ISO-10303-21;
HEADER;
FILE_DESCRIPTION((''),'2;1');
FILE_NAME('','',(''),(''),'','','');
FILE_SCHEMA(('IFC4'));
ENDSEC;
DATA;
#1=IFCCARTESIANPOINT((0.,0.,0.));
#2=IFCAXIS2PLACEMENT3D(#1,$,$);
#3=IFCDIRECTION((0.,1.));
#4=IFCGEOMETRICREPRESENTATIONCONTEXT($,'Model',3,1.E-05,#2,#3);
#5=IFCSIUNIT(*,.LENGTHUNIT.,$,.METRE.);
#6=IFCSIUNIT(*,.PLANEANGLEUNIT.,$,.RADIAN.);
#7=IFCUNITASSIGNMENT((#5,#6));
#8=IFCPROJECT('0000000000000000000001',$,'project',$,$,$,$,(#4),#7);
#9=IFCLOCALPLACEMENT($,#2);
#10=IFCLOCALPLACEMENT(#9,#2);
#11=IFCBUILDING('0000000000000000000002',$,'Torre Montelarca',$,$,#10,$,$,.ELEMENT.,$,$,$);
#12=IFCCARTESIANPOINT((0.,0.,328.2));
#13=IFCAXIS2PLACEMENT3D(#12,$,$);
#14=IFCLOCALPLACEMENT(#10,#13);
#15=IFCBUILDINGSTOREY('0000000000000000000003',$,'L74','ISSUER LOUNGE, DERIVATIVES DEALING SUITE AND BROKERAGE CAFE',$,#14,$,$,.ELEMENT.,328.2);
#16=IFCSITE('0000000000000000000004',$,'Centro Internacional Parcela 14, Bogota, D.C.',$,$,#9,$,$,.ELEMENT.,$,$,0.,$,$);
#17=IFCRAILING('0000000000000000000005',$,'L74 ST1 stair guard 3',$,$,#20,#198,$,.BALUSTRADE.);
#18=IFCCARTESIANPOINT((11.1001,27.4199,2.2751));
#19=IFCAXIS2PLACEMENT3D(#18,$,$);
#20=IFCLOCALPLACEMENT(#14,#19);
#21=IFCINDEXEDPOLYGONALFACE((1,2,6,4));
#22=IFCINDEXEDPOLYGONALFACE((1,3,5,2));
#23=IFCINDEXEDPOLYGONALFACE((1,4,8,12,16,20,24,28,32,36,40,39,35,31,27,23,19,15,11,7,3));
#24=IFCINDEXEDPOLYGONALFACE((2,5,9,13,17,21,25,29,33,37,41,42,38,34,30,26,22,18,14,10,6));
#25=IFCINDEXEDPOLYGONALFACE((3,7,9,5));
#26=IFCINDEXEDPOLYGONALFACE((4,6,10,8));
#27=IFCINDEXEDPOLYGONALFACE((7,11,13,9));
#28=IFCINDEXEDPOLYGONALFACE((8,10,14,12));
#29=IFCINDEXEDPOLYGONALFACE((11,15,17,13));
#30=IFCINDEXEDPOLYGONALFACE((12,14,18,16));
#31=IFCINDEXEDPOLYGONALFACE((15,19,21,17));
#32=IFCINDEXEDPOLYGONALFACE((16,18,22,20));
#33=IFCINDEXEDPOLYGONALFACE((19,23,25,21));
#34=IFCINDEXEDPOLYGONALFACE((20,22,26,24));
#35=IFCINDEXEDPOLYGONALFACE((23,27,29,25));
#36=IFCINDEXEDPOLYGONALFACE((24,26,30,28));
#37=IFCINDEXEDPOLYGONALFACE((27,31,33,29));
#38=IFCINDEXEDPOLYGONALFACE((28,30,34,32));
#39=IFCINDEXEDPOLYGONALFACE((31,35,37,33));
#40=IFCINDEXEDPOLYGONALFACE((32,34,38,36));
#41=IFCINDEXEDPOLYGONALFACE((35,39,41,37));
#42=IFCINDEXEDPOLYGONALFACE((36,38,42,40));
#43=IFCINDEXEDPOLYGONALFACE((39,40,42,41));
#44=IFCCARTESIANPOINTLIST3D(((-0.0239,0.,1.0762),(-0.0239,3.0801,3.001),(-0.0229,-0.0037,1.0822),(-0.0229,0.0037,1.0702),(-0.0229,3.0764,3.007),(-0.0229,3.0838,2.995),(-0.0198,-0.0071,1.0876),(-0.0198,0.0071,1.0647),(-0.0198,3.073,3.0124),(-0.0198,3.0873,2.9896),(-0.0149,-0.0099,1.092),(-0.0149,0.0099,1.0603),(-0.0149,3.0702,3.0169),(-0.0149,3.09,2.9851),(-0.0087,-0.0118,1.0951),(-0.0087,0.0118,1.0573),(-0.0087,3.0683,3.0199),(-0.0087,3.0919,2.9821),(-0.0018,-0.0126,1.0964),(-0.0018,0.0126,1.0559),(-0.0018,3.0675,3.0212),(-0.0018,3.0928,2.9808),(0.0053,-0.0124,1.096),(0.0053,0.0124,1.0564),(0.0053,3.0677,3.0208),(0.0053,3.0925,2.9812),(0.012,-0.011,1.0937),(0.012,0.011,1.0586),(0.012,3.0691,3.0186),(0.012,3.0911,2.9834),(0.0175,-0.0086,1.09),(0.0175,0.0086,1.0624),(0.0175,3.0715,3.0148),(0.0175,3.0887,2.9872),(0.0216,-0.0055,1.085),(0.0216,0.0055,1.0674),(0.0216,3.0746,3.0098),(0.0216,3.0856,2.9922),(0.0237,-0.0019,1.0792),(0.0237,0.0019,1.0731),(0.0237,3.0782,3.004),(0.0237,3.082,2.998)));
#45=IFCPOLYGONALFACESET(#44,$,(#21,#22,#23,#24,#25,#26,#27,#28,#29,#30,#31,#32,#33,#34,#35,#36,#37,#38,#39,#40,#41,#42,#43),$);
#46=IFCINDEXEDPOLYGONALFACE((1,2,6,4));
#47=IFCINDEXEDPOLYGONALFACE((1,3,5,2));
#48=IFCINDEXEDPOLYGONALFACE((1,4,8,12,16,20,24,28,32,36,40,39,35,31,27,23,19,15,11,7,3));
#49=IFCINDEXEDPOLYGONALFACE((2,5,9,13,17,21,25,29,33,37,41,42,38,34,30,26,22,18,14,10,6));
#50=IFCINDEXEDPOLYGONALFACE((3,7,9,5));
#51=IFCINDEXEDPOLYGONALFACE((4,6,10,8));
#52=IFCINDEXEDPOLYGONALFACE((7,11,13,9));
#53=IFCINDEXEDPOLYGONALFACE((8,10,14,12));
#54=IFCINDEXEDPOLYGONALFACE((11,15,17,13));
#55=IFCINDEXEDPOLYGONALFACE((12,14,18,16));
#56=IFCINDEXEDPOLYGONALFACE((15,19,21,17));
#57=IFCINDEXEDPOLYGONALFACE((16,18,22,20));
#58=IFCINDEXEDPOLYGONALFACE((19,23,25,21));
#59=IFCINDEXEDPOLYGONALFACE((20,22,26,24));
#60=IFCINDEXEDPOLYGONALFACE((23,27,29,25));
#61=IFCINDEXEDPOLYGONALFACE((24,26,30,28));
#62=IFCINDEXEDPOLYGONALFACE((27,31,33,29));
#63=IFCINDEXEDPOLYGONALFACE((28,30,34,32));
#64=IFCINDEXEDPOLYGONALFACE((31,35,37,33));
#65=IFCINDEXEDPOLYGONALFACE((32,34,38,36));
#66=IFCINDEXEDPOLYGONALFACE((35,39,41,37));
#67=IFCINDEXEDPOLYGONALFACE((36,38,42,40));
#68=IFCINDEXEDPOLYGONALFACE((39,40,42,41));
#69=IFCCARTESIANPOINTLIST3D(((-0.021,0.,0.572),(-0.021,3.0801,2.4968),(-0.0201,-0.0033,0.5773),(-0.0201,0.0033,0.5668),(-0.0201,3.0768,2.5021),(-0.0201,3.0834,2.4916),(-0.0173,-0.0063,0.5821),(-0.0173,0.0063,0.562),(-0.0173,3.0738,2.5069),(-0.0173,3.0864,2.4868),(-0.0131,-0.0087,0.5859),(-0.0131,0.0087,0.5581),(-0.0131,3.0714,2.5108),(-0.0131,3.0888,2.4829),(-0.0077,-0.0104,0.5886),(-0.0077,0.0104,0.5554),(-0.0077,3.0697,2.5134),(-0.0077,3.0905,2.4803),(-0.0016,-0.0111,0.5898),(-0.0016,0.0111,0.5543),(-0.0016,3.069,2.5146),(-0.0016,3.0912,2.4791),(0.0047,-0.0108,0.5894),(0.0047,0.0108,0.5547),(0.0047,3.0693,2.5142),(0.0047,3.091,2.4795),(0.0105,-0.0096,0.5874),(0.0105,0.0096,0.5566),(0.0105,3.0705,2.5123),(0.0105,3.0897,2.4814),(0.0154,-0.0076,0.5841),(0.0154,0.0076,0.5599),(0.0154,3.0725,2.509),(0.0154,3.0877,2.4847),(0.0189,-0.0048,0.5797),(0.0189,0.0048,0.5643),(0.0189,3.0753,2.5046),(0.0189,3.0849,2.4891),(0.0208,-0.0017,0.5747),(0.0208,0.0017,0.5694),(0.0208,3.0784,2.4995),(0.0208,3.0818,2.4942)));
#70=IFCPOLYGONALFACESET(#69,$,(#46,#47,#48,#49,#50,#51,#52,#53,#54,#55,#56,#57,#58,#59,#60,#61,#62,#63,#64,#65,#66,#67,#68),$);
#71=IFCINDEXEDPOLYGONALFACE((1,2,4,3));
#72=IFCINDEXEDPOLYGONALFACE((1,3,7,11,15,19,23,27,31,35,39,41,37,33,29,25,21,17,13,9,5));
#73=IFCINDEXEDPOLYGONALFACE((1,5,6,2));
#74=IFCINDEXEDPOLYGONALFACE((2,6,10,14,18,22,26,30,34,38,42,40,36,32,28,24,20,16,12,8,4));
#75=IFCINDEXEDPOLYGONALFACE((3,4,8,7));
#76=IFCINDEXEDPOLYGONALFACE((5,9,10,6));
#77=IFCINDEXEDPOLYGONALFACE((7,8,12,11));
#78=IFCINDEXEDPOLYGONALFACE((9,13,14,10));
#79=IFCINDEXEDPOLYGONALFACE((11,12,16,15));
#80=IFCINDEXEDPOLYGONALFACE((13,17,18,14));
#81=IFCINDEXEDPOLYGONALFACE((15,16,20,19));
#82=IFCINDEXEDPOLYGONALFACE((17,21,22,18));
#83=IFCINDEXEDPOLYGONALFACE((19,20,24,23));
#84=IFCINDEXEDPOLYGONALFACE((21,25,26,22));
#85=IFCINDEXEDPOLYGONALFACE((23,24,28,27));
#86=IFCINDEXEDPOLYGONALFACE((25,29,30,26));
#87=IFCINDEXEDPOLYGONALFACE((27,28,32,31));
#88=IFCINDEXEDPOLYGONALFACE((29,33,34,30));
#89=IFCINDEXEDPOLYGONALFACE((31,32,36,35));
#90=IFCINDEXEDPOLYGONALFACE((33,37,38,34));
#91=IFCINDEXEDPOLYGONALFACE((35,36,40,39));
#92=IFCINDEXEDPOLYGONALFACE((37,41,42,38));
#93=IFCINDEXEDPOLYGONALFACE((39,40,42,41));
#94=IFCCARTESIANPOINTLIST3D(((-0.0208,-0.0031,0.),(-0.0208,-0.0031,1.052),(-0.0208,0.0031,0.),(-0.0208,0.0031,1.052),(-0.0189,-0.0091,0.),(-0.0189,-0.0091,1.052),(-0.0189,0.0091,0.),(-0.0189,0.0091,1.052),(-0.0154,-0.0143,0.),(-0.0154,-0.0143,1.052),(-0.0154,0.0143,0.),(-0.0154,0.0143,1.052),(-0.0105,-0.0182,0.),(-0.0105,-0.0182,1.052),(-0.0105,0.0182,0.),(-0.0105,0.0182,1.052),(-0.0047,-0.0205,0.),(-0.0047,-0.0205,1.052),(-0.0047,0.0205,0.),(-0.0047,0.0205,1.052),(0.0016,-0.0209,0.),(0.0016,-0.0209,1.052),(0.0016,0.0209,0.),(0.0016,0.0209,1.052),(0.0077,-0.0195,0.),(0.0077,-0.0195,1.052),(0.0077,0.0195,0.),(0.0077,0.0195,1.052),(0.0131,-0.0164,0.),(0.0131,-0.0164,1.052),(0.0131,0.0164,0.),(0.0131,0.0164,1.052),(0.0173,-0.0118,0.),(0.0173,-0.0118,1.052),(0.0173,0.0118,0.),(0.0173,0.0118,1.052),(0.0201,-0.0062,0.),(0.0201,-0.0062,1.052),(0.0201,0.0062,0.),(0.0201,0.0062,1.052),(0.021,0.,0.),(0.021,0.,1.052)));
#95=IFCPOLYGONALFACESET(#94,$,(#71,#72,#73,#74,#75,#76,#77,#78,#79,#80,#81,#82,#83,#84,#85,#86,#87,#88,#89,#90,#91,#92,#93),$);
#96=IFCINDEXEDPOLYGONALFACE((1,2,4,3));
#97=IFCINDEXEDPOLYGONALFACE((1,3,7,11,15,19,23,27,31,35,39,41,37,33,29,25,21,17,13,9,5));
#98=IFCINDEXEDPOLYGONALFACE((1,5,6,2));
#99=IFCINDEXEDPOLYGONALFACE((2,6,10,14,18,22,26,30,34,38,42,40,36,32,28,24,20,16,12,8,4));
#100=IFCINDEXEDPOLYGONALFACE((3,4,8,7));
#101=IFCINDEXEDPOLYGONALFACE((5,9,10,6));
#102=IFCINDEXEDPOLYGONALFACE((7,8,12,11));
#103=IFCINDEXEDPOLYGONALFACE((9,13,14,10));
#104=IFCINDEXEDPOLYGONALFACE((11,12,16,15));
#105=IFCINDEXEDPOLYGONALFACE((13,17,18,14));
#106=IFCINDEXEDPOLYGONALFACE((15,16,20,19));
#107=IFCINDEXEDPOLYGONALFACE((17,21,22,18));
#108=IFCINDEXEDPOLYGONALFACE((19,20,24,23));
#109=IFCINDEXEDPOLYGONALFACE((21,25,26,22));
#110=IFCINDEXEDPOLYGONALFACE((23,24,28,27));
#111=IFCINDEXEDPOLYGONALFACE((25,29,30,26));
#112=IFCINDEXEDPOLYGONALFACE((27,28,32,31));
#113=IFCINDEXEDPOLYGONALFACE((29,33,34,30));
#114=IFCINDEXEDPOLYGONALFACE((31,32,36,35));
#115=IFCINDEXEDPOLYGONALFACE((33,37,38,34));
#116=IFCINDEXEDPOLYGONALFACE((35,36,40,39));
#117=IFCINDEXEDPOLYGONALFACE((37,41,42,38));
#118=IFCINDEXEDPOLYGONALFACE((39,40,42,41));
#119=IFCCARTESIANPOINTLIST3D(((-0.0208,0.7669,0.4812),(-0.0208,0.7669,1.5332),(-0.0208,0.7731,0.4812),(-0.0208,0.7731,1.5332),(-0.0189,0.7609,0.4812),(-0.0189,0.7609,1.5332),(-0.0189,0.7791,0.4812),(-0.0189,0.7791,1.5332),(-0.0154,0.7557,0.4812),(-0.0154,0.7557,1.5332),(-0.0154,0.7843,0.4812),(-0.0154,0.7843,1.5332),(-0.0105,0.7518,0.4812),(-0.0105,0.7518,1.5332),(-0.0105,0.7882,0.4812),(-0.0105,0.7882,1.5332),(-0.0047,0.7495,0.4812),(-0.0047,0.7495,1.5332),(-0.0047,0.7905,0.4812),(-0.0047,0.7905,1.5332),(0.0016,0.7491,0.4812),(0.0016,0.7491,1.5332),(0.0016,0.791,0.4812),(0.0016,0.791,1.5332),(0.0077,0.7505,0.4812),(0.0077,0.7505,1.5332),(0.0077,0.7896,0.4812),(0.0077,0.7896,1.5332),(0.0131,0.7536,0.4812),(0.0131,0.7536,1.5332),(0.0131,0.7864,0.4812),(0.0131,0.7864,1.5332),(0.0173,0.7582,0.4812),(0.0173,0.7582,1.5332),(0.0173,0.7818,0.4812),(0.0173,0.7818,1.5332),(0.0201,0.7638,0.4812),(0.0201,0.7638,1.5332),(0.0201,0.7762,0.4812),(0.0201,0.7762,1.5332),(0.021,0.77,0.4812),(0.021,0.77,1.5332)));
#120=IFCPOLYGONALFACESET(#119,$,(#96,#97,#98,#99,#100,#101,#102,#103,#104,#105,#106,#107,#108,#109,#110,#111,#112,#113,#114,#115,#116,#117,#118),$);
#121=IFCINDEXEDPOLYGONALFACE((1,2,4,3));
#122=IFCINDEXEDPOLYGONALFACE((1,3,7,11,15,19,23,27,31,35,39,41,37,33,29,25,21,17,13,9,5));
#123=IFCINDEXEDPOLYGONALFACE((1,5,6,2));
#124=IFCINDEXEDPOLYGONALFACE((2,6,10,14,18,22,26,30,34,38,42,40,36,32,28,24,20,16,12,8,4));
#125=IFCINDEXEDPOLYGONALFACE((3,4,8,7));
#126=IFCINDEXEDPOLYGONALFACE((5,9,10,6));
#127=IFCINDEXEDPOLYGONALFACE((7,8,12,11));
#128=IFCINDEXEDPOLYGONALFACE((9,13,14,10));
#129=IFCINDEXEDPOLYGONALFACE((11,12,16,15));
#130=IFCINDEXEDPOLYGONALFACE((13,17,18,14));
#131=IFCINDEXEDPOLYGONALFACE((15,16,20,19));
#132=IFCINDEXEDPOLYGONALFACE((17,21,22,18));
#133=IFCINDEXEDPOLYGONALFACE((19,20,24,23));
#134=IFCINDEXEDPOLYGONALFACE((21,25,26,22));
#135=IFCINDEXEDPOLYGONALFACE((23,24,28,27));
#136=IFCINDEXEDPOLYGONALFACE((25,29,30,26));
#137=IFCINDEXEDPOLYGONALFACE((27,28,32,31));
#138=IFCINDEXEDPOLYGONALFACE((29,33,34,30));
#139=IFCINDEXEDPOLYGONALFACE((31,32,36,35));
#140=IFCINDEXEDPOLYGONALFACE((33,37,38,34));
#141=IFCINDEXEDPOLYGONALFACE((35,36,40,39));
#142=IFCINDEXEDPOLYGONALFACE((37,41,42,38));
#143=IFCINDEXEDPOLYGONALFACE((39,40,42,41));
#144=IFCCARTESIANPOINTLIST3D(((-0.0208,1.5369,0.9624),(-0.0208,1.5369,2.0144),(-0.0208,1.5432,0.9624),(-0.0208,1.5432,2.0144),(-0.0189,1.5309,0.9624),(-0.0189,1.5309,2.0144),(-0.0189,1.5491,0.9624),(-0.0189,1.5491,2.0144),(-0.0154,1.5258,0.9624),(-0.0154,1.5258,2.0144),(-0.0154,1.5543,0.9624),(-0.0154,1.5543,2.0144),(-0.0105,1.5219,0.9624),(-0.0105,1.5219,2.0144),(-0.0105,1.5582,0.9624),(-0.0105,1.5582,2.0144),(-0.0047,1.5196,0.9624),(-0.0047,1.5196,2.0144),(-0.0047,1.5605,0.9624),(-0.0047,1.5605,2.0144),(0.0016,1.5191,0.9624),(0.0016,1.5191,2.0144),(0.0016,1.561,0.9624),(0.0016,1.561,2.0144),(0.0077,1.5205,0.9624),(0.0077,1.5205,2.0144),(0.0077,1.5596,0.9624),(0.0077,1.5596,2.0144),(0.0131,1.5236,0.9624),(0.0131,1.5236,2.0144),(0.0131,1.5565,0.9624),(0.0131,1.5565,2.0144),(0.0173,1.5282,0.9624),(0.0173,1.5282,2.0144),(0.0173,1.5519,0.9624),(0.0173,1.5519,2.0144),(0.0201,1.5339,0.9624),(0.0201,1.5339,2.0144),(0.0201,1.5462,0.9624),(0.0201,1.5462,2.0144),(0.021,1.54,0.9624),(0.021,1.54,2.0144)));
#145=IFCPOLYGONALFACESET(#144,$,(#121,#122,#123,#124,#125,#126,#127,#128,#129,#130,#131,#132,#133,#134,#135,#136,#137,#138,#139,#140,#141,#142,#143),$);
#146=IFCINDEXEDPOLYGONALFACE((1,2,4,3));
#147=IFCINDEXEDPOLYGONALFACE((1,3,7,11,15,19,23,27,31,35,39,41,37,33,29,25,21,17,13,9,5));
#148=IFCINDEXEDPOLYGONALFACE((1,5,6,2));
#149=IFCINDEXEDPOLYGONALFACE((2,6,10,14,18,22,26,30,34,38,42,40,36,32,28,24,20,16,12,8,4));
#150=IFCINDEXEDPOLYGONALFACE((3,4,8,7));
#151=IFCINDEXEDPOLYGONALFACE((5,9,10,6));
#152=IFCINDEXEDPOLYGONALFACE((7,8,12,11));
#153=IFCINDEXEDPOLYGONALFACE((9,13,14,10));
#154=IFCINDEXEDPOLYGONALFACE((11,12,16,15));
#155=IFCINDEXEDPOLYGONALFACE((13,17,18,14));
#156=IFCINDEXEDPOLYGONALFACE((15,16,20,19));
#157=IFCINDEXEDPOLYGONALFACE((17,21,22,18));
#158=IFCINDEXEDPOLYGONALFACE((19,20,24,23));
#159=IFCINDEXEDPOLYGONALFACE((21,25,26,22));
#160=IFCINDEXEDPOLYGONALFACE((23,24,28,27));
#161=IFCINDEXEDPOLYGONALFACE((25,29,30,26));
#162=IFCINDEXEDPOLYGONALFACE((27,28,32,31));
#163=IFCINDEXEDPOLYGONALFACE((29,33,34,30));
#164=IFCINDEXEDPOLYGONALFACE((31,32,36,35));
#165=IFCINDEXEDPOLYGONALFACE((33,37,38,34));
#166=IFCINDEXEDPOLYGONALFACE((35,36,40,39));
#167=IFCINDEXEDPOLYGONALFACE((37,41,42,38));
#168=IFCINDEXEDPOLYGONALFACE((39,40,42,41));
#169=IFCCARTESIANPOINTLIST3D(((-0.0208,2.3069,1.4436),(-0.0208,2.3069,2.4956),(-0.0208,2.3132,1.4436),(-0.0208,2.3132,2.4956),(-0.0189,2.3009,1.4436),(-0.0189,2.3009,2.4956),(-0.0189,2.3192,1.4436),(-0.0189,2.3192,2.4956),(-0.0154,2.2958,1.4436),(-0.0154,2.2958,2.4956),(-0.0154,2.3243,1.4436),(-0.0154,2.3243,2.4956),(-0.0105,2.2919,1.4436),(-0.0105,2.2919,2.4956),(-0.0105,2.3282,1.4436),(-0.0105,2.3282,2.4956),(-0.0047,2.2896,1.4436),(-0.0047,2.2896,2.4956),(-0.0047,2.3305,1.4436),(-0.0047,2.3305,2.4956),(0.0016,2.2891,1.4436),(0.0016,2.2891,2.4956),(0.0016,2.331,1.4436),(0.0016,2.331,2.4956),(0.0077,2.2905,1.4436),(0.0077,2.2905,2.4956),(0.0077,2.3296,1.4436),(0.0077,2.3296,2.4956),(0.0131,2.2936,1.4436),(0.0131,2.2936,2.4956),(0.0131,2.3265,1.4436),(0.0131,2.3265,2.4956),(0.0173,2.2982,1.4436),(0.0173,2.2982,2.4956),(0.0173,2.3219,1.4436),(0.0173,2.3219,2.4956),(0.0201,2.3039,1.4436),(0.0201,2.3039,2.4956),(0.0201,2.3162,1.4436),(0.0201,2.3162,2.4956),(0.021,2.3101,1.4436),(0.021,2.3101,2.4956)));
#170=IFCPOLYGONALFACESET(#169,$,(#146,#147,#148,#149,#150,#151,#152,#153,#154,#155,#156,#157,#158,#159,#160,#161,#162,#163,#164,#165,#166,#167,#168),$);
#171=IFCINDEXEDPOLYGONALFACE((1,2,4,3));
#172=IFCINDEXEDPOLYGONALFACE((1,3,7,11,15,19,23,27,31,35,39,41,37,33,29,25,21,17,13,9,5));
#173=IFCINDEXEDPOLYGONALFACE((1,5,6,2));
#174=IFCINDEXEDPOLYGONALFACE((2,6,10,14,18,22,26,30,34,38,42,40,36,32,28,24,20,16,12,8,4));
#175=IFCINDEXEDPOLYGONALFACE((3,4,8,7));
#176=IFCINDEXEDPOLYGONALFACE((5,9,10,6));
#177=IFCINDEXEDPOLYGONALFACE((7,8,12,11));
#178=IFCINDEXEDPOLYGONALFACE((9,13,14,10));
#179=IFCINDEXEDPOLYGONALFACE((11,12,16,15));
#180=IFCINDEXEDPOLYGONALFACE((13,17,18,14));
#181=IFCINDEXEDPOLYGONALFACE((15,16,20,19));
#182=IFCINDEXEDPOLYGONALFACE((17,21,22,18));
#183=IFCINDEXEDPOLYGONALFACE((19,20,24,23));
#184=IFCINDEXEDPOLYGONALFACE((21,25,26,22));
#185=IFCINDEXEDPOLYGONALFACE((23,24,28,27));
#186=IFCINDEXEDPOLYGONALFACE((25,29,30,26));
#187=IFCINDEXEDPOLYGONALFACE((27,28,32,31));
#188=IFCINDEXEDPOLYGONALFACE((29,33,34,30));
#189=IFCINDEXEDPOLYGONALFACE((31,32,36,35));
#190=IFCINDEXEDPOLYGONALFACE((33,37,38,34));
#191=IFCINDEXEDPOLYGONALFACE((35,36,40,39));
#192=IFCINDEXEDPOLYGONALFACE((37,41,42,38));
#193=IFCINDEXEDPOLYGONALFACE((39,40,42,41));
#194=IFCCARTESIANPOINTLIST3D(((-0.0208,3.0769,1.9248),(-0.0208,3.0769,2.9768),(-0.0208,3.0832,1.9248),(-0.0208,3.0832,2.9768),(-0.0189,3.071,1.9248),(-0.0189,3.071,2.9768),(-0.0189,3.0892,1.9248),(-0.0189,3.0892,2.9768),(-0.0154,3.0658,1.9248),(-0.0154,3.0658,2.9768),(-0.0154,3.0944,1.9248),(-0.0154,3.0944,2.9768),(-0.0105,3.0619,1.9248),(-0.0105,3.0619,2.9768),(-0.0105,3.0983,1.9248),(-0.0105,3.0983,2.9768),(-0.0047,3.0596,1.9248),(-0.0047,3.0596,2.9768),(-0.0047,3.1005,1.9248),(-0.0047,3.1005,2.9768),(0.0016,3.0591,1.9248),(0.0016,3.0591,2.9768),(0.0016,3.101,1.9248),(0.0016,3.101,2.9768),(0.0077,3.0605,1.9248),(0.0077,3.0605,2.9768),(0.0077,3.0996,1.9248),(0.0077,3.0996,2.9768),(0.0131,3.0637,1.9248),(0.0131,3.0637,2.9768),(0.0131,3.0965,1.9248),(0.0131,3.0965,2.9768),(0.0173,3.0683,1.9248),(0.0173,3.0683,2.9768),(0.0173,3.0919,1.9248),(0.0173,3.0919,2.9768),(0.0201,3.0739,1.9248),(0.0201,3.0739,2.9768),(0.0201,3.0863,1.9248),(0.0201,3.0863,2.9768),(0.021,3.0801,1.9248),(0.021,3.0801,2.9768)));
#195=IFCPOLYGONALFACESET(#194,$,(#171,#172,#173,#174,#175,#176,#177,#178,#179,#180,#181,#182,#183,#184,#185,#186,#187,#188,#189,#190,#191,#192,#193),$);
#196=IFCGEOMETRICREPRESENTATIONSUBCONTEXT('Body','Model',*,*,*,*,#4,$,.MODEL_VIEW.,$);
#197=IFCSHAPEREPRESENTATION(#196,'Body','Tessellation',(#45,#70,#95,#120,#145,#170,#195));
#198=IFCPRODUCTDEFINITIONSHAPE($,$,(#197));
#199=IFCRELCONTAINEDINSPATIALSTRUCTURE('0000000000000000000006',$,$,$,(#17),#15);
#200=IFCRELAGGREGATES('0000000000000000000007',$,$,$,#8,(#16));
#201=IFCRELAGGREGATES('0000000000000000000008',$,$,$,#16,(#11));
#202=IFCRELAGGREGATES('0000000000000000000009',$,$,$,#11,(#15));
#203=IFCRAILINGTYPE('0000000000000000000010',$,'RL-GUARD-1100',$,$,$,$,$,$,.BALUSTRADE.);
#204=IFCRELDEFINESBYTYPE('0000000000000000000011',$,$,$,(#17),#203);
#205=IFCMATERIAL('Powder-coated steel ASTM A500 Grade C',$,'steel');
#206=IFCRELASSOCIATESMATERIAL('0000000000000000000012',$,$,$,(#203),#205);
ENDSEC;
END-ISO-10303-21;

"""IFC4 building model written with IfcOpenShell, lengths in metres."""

from ifc_helpers import new_model, si_unit, direction, frame, origin, origin_2d, place, context, subcontext, project, spatial, circle, extrude, material, type_object, element, save


model = new_model("IFC4")

# Units and contexts
model_context = context("Model", 3, precision=1e-05, world=origin(), true_north=direction((0.0, 1.0)))
body_context = subcontext(model_context, "Body", "Model", "MODEL_VIEW")
ifc_project = project(units=[si_unit("LENGTHUNIT", "METRE"), si_unit("PLANEANGLEUNIT", "RADIAN")], contexts=[model_context])

# Site, building, storey
site_placement = place(None, origin())
site = spatial("IfcSite", under=ifc_project, at=site_placement, Name="Centro Internacional Parcela 14, Bogota, D.C.", CompositionType="ELEMENT", RefElevation=0.0)
building_placement = place(site_placement, origin())
building = spatial("IfcBuilding", under=site, at=building_placement, Name="Torre Montelarca", CompositionType="ELEMENT")
storey_placement = place(building_placement, frame((0.0, 0.0, 328.2)))
storey = spatial("IfcBuildingStorey", under=building, at=storey_placement, Name="L74", Description="ISSUER LOUNGE, DERIVATIVES DEALING SUITE AND BROKERAGE CAFE", CompositionType="ELEMENT", Elevation=328.2)

# Railing
ifc_material_1 = material(Name="Powder-coated steel ASTM A500 Grade C", Category="steel")
railing_type_1 = type_object("IfcRailingType", Name="RL-GUARD-1100", PredefinedType="BALUSTRADE", material=ifc_material_1)
railing_1_placement = place(storey_placement, frame((11.1001, 27.4199, 2.2751)))
element("IfcRailing", 1, at=railing_1_placement, inside=storey, type_object=railing_type_1, Name="L74 ST1 stair guard 3", PredefinedType="BALUSTRADE", context=body_context, shape_type="SweptSolid", body=[
    extrude(circle(Radius=0.0239, at=origin_2d()), frame((0.0, 0.0, 1.0762), z_axis=(0.0, 0.848029, 0.529951), x_axis=(-1.0, 0.0, 0.0)), (0.0, 0.0, 1.0), 3.6321),
    extrude(circle(Radius=0.021, at=origin_2d()), frame((0.0, 0.0, 0.572), z_axis=(0.0, 0.848029, 0.529951), x_axis=(-1.0, 0.0, 0.0)), (0.0, 0.0, 1.0), 3.6321),
    extrude(circle(Radius=0.021, at=origin_2d()), origin(), (0.0, 0.0, 1.0), 1.052),
    extrude(circle(Radius=0.021, at=origin_2d()), frame((0.0, 0.77, 0.4812)), (0.0, 0.0, 1.0), 1.052),
    extrude(circle(Radius=0.021, at=origin_2d()), frame((0.0, 1.54, 0.9624)), (0.0, 0.0, 1.0), 1.052),
    extrude(circle(Radius=0.021, at=origin_2d()), frame((0.0, 2.3101, 1.4436)), (0.0, 0.0, 1.0), 1.052),
    extrude(circle(Radius=0.021, at=origin_2d()), frame((0.0, 3.0801, 1.9248)), (0.0, 0.0, 1.0), 1.052),
])

save(model, "model.ifc")
